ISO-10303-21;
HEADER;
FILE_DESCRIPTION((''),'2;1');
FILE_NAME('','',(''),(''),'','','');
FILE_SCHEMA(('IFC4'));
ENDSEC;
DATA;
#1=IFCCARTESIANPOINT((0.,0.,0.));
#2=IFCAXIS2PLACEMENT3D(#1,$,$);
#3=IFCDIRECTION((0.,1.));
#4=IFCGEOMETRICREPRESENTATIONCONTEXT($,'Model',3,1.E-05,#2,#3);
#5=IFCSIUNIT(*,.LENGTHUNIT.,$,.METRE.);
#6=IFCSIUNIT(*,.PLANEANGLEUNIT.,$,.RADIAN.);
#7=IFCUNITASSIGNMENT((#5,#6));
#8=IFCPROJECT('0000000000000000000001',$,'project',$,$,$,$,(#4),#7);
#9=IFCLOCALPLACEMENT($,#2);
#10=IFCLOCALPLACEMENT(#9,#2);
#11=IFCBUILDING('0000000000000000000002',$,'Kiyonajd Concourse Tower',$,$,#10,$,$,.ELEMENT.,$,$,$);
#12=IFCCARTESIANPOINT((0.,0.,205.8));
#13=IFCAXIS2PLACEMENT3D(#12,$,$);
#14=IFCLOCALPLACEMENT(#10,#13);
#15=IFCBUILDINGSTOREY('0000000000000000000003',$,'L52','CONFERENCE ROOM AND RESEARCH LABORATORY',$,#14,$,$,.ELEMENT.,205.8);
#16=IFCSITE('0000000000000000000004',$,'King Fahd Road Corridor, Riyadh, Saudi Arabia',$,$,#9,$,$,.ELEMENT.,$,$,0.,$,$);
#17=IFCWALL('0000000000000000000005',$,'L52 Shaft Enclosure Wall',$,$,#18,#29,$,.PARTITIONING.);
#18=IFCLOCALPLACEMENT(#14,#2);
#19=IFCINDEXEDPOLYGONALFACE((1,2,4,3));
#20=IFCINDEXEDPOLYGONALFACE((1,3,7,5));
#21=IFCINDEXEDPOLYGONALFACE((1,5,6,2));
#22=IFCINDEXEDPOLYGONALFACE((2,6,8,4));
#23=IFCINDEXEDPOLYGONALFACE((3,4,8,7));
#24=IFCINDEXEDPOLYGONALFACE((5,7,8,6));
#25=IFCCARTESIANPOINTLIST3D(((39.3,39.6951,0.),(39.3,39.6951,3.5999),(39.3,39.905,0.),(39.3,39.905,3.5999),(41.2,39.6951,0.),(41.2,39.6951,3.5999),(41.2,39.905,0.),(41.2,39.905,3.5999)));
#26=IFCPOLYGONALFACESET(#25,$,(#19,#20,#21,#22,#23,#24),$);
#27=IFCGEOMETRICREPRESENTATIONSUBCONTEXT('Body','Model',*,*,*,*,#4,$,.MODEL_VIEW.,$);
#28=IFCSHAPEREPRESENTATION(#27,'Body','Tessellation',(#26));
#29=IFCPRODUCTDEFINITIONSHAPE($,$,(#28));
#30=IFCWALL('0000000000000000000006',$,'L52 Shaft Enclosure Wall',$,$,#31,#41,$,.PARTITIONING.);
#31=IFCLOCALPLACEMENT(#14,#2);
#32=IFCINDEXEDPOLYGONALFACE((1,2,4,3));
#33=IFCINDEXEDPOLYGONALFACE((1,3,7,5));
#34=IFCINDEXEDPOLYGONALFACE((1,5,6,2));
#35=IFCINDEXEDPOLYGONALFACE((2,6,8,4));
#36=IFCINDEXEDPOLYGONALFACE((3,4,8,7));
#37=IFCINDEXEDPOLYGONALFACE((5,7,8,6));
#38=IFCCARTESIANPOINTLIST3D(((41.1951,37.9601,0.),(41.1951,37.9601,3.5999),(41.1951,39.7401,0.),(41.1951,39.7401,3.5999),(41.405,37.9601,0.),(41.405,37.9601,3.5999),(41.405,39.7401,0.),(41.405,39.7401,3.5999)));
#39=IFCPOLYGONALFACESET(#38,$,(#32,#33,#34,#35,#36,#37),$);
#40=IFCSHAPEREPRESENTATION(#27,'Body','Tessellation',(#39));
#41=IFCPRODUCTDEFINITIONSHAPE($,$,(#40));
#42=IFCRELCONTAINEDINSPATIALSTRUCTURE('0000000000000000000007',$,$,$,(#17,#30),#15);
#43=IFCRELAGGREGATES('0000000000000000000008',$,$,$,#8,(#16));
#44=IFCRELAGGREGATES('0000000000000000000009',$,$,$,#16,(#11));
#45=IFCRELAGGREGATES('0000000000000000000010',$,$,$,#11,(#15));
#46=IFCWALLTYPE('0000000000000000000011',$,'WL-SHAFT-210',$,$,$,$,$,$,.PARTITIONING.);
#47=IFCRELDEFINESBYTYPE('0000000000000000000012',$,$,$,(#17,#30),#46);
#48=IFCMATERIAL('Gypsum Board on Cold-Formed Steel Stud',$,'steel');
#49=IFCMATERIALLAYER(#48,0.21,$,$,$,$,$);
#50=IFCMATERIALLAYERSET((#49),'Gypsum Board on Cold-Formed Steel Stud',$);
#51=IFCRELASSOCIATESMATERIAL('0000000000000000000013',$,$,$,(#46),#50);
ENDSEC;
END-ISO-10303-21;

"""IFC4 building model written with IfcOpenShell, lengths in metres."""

from ifc_helpers import new_model, si_unit, direction, frame, frame_2d, origin, place, context, subcontext, project, spatial, rectangle, extrude, material, layer, layer_set, type_object, element, save


model = new_model("IFC4")

# Units and contexts
model_context = context("Model", 3, precision=1e-05, world=origin(), true_north=direction((0.0, 1.0)))
body_context = subcontext(model_context, "Body", "Model", "MODEL_VIEW")
ifc_project = project(units=[si_unit("LENGTHUNIT", "METRE"), si_unit("PLANEANGLEUNIT", "RADIAN")], contexts=[model_context])

# Site, building, storey
site_placement = place(None, origin())
site = spatial("IfcSite", under=ifc_project, at=site_placement, Name="King Fahd Road Corridor, Riyadh, Saudi Arabia", CompositionType="ELEMENT", RefElevation=0.0)
building_placement = place(site_placement, origin())
building = spatial("IfcBuilding", under=site, at=building_placement, Name="Kiyonajd Concourse Tower", CompositionType="ELEMENT")
storey_placement = place(building_placement, frame((0.0, 0.0, 205.8)))
storey = spatial("IfcBuildingStorey", under=building, at=storey_placement, Name="L52", Description="CONFERENCE ROOM AND RESEARCH LABORATORY", CompositionType="ELEMENT", Elevation=205.8)

# Walls
ifc_material_1 = material(Name="Gypsum Board on Cold-Formed Steel Stud", Category="steel")
ifc_layer_1 = layer(ifc_material_1, 0.21)
ifc_layer_set_1 = layer_set([ifc_layer_1], Name="Gypsum Board on Cold-Formed Steel Stud")
wall_type_1 = type_object("IfcWallType", Name="WL-SHAFT-210", PredefinedType="PARTITIONING", material=ifc_layer_set_1)
for number, where, z_axis, x_axis, name in (
    (1, (39.3, 39.8, 0.0), (0.0, 0.0, 1.0), (1.0, 0.0, 0.0), "L52 Shaft Enclosure Wall"),
):
    element("IfcWall", number, at=place(storey_placement, frame(where, z_axis=z_axis, x_axis=x_axis)), inside=storey, type_object=wall_type_1, Name=name, PredefinedType="PARTITIONING", context=body_context, shape_type="SweptSolid", body=[
        extrude(rectangle(XDim=1.8999, YDim=0.21, at=frame_2d((0.95, 0.0))), origin(), (0.0, 0.0, 1.0), 3.5999),
    ])
wall_1_placement = place(storey_placement, frame((41.3, 37.96, 0.0), z_axis=(0.0, 0.0, 1.0), x_axis=(0.0, 1.0, 0.0)))
element("IfcWall", 2, at=wall_1_placement, inside=storey, type_object=wall_type_1, Name="L52 Shaft Enclosure Wall", PredefinedType="PARTITIONING", context=body_context, shape_type="SweptSolid", body=[
    extrude(rectangle(XDim=1.78, YDim=0.21, at=frame_2d((0.8901, 0.0))), origin(), (0.0, 0.0, 1.0), 3.5999),
])

save(model, "model.ifc")
